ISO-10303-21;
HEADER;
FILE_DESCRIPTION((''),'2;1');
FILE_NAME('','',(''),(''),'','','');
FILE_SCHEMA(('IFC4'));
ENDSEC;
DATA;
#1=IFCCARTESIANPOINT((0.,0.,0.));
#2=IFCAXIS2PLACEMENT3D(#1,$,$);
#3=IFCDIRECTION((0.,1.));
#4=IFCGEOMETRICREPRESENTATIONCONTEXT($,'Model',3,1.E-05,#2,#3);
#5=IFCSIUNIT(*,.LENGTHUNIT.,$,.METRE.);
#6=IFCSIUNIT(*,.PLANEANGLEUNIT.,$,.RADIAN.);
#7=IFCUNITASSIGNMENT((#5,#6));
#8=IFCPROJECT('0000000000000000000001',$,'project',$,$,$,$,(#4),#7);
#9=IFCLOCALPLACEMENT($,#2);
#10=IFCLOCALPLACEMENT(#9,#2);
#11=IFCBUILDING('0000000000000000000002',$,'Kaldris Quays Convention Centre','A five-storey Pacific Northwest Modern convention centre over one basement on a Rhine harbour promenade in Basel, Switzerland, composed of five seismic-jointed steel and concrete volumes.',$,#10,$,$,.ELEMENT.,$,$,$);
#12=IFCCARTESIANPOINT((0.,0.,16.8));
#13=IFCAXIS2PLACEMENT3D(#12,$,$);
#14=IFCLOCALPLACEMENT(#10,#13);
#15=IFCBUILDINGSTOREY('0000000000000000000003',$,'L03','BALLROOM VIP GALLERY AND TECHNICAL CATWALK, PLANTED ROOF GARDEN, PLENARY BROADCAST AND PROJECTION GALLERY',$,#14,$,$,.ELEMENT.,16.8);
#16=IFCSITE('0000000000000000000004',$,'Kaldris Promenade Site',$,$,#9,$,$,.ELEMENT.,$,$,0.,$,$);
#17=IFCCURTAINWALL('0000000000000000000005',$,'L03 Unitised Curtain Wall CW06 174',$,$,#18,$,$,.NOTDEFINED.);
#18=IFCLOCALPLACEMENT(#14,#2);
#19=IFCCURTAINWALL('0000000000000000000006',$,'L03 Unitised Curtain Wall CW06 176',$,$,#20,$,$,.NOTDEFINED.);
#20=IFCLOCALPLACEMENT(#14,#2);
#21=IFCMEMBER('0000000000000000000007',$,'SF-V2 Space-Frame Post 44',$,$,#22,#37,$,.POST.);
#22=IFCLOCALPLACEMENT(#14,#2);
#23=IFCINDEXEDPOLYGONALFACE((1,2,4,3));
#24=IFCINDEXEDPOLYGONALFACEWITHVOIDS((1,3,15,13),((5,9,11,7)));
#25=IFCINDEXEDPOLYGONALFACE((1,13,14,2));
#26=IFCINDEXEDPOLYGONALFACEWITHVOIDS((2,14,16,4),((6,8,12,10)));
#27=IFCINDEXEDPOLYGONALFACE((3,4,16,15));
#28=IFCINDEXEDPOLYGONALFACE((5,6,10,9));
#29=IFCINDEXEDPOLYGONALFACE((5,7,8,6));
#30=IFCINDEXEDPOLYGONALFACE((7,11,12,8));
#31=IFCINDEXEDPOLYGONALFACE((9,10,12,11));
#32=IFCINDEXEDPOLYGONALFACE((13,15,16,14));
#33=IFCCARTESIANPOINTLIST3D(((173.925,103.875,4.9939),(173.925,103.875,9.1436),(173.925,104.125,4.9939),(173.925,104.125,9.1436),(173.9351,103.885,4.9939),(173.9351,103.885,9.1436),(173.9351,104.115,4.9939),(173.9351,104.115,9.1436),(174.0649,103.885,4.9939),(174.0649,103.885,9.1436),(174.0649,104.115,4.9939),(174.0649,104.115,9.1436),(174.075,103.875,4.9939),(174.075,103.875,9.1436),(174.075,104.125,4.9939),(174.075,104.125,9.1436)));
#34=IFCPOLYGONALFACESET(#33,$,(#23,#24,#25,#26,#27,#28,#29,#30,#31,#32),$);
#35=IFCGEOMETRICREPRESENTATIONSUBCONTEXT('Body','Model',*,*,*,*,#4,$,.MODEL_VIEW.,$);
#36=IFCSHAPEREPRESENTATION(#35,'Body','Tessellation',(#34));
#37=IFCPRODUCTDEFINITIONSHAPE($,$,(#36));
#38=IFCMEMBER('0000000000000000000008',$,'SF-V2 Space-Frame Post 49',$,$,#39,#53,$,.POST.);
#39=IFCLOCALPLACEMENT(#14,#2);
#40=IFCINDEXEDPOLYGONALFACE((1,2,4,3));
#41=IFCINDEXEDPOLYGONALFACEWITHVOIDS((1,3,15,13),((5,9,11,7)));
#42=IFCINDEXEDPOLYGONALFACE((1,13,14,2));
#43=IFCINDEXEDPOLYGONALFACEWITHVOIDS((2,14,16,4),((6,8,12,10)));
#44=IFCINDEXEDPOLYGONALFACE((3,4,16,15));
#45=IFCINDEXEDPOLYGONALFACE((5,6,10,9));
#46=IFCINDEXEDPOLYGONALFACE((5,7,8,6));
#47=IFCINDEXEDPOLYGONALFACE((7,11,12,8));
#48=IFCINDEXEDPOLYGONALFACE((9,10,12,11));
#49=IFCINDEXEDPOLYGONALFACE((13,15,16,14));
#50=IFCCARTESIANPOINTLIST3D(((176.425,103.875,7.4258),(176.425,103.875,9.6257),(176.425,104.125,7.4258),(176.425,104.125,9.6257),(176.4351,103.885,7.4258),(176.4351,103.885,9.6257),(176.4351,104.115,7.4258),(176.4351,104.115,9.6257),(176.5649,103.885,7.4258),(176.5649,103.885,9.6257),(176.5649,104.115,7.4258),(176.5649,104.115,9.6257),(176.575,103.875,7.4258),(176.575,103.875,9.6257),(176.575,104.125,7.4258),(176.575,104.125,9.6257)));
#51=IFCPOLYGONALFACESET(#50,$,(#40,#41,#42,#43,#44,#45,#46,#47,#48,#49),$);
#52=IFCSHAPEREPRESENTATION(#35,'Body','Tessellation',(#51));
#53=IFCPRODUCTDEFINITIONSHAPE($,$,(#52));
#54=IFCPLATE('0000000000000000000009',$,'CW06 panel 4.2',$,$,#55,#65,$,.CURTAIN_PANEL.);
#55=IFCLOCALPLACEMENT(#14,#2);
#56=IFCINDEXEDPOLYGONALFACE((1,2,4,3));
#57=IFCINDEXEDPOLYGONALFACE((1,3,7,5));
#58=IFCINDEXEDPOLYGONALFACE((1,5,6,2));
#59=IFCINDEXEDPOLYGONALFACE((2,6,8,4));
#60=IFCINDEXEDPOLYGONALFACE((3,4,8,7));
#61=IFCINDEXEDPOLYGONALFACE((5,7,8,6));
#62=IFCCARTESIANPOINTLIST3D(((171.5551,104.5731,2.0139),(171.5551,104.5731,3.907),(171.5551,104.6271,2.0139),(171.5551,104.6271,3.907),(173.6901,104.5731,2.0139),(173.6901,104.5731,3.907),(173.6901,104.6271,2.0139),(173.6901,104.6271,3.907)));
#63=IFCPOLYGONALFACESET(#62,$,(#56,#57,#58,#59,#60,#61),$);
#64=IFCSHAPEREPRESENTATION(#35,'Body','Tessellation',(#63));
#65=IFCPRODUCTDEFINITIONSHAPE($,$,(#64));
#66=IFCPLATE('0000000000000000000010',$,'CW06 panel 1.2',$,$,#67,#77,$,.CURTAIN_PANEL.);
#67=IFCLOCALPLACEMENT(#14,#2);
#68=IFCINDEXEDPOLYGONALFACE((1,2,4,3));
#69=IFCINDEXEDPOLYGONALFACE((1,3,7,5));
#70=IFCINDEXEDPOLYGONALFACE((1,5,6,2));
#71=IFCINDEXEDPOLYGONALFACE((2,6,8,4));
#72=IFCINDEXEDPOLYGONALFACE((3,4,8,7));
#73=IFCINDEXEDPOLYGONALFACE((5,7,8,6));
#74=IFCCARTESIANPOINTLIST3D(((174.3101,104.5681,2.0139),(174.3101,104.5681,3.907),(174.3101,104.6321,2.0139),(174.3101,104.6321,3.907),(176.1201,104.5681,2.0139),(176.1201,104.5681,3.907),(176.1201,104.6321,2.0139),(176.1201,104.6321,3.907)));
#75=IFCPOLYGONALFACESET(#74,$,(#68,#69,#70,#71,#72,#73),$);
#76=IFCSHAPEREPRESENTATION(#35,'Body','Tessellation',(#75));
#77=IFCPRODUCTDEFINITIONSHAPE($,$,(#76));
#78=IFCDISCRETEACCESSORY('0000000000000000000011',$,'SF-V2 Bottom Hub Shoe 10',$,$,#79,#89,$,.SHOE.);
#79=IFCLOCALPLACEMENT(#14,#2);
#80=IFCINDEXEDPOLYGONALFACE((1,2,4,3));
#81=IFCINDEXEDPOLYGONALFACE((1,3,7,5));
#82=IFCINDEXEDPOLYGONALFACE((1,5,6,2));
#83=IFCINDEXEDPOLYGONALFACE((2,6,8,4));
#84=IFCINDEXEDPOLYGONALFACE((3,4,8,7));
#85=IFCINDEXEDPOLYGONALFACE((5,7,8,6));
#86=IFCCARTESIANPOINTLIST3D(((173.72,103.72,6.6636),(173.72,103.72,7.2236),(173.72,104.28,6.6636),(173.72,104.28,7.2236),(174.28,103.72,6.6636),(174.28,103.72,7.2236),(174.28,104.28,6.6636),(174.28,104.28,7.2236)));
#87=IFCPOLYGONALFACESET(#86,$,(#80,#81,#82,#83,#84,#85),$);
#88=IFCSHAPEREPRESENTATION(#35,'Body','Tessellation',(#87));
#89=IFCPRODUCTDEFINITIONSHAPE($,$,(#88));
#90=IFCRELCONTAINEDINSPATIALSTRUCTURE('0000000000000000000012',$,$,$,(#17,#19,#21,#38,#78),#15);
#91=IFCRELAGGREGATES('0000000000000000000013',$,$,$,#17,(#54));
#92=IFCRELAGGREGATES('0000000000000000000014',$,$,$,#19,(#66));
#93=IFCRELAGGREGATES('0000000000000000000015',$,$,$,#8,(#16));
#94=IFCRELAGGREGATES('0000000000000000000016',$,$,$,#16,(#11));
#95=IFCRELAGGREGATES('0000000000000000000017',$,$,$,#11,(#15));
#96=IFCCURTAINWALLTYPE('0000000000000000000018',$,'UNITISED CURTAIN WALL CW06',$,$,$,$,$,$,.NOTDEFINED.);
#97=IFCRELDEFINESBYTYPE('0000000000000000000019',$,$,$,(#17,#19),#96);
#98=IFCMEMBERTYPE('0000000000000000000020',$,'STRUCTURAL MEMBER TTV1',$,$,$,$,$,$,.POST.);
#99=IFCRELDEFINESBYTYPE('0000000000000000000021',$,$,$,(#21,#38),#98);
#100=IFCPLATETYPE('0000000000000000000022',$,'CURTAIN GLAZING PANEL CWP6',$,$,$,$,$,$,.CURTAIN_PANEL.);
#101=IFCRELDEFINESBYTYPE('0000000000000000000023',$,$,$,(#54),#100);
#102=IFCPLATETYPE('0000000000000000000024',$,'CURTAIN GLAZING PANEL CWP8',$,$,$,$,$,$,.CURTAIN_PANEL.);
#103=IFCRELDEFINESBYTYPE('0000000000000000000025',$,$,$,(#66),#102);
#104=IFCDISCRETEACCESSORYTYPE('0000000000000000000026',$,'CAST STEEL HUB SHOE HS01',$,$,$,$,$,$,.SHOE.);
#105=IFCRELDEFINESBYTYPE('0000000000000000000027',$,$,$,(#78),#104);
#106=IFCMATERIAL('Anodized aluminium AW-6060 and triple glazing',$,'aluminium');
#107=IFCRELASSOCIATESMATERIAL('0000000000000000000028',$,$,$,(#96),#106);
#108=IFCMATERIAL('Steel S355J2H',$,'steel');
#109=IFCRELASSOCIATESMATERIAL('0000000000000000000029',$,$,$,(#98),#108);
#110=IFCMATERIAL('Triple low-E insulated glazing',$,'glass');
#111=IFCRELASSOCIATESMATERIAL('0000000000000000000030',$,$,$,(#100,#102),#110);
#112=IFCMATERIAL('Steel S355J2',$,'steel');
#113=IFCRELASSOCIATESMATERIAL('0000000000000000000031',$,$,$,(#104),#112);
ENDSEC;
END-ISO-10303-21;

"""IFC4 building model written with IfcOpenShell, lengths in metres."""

from ifc_helpers import new_model, si_unit, direction, frame, origin, origin_2d, place, context, subcontext, project, spatial, rectangle, hollow_rectangle, extrude, material, material_profile, profile_set, type_object, element, aggregate, save


model = new_model("IFC4")

# Units and contexts
model_context = context("Model", 3, precision=1e-05, world=origin(), true_north=direction((0.0, 1.0)))
body_context = subcontext(model_context, "Body", "Model", "MODEL_VIEW")
ifc_project = project(units=[si_unit("LENGTHUNIT", "METRE"), si_unit("PLANEANGLEUNIT", "RADIAN")], contexts=[model_context])

# Site, building, storey
site_placement = place(None, origin())
site = spatial("IfcSite", under=ifc_project, at=site_placement, Name="Kaldris Promenade Site", CompositionType="ELEMENT", RefElevation=0.0)
building_placement = place(site_placement, origin())
building = spatial("IfcBuilding", under=site, at=building_placement, Name="Kaldris Quays Convention Centre", Description="A five-storey Pacific Northwest Modern convention centre over one basement on a Rhine harbour promenade in Basel, Switzerland, composed of five seismic-jointed steel and concrete volumes.", CompositionType="ELEMENT")
storey_placement = place(building_placement, frame((0.0, 0.0, 16.8)))
storey = spatial("IfcBuildingStorey", under=building, at=storey_placement, Name="L03", Description="BALLROOM VIP GALLERY AND TECHNICAL CATWALK, PLANTED ROOF GARDEN, PLENARY BROADCAST AND PROJECTION GALLERY", CompositionType="ELEMENT", Elevation=16.8)

# Curtain walls
ifc_material_1 = material(Name="Anodized aluminium AW-6060 and triple glazing", Category="aluminium")
curtain_wall_type = type_object("IfcCurtainWallType", Name="UNITISED CURTAIN WALL CW06", PredefinedType="NOTDEFINED", material=ifc_material_1)
curtain_wall_1_placement = place(storey_placement, origin())
curtain_wall_1 = element("IfcCurtainWall", 1, at=curtain_wall_1_placement, inside=storey, type_object=curtain_wall_type, Name="L03 Unitised Curtain Wall CW06 174", PredefinedType="NOTDEFINED")
curtain_wall_2_placement = place(storey_placement, origin())
curtain_wall_2 = element("IfcCurtainWall", 2, at=curtain_wall_2_placement, inside=storey, type_object=curtain_wall_type, Name="L03 Unitised Curtain Wall CW06 176", PredefinedType="NOTDEFINED")

# Shared definitions
ifc_material_2 = material(Name="Steel S355J2", Category="steel")

# Members
ifc_material_3 = material(Name="Steel S355J2H", Category="steel")
ifc_material_profile_1 = material_profile(ifc_material_3, hollow_rectangle(XDim=0.1499, YDim=0.25, WallThickness=0.01, at=origin_2d()), Name="RHS 250x150x10")
ifc_profile_set_1 = profile_set([ifc_material_profile_1], Name="Steel S355J2H")
member_type_1 = type_object("IfcMemberType", Name="STRUCTURAL MEMBER TTV1", PredefinedType="POST", material=ifc_profile_set_1)
member_1_placement = place(storey_placement, frame((174.0, 104.0, 4.9939), z_axis=(0.0, 0.0, 1.0), x_axis=(1.0, 0.0, 0.0)))
element("IfcMember", 3, at=member_1_placement, inside=storey, type_object=member_type_1, Name="SF-V2 Space-Frame Post 44", PredefinedType="POST", context=body_context, shape_type="SweptSolid", body=[
    extrude(hollow_rectangle(XDim=0.1499, YDim=0.25, WallThickness=0.01, at=origin_2d()), origin(), (0.0, 0.0, 1.0), 4.1497),
])
member_2_placement = place(storey_placement, frame((176.5, 104.0, 7.4258), z_axis=(0.0, 0.0, 1.0), x_axis=(1.0, 0.0, 0.0)))
element("IfcMember", 4, at=member_2_placement, inside=storey, type_object=member_type_1, Name="SF-V2 Space-Frame Post 49", PredefinedType="POST", context=body_context, shape_type="SweptSolid", body=[
    extrude(hollow_rectangle(XDim=0.1499, YDim=0.25, WallThickness=0.01, at=origin_2d()), origin(), (0.0, 0.0, 1.0), 2.2),
])

# Plates
ifc_material_4 = material(Name="Triple low-E insulated glazing", Category="glass")
plate_type_1 = type_object("IfcPlateType", Name="CURTAIN GLAZING PANEL CWP6", PredefinedType="CURTAIN_PANEL", material=ifc_material_4)
plate_1_placement = place(storey_placement, frame((172.6226, 104.6001, 2.0139), z_axis=(0.0, 0.0, 1.0), x_axis=(1.0, 0.0, 0.0)))
plate_1 = element("IfcPlate", 5, at=plate_1_placement, type_object=plate_type_1, Name="CW06 panel 4.2", PredefinedType="CURTAIN_PANEL", context=body_context, shape_type="SweptSolid", body=[
    extrude(rectangle(XDim=2.135, YDim=0.054, at=origin_2d()), origin(), (0.0, 0.0, 1.0), 1.8931),
])
aggregate(curtain_wall_1, [plate_1])
plate_type_2 = type_object("IfcPlateType", Name="CURTAIN GLAZING PANEL CWP8", PredefinedType="CURTAIN_PANEL", material=ifc_material_4)
plate_2_placement = place(storey_placement, frame((175.2151, 104.6001, 2.0139), z_axis=(0.0, 0.0, 1.0), x_axis=(1.0, 0.0, 0.0)))
plate_2 = element("IfcPlate", 6, at=plate_2_placement, type_object=plate_type_2, Name="CW06 panel 1.2", PredefinedType="CURTAIN_PANEL", context=body_context, shape_type="SweptSolid", body=[
    extrude(rectangle(XDim=1.8101, YDim=0.064, at=origin_2d()), origin(), (0.0, 0.0, 1.0), 1.8931),
])
aggregate(curtain_wall_2, [plate_2])

# Discrete accessory
discrete_accessory_type = type_object("IfcDiscreteAccessoryType", Name="CAST STEEL HUB SHOE HS01", PredefinedType="SHOE", material=ifc_material_2)
discrete_accessory_placement = place(storey_placement, frame((174.0, 104.0, 6.6636), z_axis=(0.0, 0.0, 1.0), x_axis=(1.0, 0.0, 0.0)))
element("IfcDiscreteAccessory", 7, at=discrete_accessory_placement, inside=storey, type_object=discrete_accessory_type, Name="SF-V2 Bottom Hub Shoe 10", PredefinedType="SHOE", context=body_context, shape_type="SweptSolid", body=[
    extrude(rectangle(XDim=0.5601, YDim=0.5601, at=origin_2d()), origin(), (0.0, 0.0, 1.0), 0.5601),
])

save(model, "model.ifc")
